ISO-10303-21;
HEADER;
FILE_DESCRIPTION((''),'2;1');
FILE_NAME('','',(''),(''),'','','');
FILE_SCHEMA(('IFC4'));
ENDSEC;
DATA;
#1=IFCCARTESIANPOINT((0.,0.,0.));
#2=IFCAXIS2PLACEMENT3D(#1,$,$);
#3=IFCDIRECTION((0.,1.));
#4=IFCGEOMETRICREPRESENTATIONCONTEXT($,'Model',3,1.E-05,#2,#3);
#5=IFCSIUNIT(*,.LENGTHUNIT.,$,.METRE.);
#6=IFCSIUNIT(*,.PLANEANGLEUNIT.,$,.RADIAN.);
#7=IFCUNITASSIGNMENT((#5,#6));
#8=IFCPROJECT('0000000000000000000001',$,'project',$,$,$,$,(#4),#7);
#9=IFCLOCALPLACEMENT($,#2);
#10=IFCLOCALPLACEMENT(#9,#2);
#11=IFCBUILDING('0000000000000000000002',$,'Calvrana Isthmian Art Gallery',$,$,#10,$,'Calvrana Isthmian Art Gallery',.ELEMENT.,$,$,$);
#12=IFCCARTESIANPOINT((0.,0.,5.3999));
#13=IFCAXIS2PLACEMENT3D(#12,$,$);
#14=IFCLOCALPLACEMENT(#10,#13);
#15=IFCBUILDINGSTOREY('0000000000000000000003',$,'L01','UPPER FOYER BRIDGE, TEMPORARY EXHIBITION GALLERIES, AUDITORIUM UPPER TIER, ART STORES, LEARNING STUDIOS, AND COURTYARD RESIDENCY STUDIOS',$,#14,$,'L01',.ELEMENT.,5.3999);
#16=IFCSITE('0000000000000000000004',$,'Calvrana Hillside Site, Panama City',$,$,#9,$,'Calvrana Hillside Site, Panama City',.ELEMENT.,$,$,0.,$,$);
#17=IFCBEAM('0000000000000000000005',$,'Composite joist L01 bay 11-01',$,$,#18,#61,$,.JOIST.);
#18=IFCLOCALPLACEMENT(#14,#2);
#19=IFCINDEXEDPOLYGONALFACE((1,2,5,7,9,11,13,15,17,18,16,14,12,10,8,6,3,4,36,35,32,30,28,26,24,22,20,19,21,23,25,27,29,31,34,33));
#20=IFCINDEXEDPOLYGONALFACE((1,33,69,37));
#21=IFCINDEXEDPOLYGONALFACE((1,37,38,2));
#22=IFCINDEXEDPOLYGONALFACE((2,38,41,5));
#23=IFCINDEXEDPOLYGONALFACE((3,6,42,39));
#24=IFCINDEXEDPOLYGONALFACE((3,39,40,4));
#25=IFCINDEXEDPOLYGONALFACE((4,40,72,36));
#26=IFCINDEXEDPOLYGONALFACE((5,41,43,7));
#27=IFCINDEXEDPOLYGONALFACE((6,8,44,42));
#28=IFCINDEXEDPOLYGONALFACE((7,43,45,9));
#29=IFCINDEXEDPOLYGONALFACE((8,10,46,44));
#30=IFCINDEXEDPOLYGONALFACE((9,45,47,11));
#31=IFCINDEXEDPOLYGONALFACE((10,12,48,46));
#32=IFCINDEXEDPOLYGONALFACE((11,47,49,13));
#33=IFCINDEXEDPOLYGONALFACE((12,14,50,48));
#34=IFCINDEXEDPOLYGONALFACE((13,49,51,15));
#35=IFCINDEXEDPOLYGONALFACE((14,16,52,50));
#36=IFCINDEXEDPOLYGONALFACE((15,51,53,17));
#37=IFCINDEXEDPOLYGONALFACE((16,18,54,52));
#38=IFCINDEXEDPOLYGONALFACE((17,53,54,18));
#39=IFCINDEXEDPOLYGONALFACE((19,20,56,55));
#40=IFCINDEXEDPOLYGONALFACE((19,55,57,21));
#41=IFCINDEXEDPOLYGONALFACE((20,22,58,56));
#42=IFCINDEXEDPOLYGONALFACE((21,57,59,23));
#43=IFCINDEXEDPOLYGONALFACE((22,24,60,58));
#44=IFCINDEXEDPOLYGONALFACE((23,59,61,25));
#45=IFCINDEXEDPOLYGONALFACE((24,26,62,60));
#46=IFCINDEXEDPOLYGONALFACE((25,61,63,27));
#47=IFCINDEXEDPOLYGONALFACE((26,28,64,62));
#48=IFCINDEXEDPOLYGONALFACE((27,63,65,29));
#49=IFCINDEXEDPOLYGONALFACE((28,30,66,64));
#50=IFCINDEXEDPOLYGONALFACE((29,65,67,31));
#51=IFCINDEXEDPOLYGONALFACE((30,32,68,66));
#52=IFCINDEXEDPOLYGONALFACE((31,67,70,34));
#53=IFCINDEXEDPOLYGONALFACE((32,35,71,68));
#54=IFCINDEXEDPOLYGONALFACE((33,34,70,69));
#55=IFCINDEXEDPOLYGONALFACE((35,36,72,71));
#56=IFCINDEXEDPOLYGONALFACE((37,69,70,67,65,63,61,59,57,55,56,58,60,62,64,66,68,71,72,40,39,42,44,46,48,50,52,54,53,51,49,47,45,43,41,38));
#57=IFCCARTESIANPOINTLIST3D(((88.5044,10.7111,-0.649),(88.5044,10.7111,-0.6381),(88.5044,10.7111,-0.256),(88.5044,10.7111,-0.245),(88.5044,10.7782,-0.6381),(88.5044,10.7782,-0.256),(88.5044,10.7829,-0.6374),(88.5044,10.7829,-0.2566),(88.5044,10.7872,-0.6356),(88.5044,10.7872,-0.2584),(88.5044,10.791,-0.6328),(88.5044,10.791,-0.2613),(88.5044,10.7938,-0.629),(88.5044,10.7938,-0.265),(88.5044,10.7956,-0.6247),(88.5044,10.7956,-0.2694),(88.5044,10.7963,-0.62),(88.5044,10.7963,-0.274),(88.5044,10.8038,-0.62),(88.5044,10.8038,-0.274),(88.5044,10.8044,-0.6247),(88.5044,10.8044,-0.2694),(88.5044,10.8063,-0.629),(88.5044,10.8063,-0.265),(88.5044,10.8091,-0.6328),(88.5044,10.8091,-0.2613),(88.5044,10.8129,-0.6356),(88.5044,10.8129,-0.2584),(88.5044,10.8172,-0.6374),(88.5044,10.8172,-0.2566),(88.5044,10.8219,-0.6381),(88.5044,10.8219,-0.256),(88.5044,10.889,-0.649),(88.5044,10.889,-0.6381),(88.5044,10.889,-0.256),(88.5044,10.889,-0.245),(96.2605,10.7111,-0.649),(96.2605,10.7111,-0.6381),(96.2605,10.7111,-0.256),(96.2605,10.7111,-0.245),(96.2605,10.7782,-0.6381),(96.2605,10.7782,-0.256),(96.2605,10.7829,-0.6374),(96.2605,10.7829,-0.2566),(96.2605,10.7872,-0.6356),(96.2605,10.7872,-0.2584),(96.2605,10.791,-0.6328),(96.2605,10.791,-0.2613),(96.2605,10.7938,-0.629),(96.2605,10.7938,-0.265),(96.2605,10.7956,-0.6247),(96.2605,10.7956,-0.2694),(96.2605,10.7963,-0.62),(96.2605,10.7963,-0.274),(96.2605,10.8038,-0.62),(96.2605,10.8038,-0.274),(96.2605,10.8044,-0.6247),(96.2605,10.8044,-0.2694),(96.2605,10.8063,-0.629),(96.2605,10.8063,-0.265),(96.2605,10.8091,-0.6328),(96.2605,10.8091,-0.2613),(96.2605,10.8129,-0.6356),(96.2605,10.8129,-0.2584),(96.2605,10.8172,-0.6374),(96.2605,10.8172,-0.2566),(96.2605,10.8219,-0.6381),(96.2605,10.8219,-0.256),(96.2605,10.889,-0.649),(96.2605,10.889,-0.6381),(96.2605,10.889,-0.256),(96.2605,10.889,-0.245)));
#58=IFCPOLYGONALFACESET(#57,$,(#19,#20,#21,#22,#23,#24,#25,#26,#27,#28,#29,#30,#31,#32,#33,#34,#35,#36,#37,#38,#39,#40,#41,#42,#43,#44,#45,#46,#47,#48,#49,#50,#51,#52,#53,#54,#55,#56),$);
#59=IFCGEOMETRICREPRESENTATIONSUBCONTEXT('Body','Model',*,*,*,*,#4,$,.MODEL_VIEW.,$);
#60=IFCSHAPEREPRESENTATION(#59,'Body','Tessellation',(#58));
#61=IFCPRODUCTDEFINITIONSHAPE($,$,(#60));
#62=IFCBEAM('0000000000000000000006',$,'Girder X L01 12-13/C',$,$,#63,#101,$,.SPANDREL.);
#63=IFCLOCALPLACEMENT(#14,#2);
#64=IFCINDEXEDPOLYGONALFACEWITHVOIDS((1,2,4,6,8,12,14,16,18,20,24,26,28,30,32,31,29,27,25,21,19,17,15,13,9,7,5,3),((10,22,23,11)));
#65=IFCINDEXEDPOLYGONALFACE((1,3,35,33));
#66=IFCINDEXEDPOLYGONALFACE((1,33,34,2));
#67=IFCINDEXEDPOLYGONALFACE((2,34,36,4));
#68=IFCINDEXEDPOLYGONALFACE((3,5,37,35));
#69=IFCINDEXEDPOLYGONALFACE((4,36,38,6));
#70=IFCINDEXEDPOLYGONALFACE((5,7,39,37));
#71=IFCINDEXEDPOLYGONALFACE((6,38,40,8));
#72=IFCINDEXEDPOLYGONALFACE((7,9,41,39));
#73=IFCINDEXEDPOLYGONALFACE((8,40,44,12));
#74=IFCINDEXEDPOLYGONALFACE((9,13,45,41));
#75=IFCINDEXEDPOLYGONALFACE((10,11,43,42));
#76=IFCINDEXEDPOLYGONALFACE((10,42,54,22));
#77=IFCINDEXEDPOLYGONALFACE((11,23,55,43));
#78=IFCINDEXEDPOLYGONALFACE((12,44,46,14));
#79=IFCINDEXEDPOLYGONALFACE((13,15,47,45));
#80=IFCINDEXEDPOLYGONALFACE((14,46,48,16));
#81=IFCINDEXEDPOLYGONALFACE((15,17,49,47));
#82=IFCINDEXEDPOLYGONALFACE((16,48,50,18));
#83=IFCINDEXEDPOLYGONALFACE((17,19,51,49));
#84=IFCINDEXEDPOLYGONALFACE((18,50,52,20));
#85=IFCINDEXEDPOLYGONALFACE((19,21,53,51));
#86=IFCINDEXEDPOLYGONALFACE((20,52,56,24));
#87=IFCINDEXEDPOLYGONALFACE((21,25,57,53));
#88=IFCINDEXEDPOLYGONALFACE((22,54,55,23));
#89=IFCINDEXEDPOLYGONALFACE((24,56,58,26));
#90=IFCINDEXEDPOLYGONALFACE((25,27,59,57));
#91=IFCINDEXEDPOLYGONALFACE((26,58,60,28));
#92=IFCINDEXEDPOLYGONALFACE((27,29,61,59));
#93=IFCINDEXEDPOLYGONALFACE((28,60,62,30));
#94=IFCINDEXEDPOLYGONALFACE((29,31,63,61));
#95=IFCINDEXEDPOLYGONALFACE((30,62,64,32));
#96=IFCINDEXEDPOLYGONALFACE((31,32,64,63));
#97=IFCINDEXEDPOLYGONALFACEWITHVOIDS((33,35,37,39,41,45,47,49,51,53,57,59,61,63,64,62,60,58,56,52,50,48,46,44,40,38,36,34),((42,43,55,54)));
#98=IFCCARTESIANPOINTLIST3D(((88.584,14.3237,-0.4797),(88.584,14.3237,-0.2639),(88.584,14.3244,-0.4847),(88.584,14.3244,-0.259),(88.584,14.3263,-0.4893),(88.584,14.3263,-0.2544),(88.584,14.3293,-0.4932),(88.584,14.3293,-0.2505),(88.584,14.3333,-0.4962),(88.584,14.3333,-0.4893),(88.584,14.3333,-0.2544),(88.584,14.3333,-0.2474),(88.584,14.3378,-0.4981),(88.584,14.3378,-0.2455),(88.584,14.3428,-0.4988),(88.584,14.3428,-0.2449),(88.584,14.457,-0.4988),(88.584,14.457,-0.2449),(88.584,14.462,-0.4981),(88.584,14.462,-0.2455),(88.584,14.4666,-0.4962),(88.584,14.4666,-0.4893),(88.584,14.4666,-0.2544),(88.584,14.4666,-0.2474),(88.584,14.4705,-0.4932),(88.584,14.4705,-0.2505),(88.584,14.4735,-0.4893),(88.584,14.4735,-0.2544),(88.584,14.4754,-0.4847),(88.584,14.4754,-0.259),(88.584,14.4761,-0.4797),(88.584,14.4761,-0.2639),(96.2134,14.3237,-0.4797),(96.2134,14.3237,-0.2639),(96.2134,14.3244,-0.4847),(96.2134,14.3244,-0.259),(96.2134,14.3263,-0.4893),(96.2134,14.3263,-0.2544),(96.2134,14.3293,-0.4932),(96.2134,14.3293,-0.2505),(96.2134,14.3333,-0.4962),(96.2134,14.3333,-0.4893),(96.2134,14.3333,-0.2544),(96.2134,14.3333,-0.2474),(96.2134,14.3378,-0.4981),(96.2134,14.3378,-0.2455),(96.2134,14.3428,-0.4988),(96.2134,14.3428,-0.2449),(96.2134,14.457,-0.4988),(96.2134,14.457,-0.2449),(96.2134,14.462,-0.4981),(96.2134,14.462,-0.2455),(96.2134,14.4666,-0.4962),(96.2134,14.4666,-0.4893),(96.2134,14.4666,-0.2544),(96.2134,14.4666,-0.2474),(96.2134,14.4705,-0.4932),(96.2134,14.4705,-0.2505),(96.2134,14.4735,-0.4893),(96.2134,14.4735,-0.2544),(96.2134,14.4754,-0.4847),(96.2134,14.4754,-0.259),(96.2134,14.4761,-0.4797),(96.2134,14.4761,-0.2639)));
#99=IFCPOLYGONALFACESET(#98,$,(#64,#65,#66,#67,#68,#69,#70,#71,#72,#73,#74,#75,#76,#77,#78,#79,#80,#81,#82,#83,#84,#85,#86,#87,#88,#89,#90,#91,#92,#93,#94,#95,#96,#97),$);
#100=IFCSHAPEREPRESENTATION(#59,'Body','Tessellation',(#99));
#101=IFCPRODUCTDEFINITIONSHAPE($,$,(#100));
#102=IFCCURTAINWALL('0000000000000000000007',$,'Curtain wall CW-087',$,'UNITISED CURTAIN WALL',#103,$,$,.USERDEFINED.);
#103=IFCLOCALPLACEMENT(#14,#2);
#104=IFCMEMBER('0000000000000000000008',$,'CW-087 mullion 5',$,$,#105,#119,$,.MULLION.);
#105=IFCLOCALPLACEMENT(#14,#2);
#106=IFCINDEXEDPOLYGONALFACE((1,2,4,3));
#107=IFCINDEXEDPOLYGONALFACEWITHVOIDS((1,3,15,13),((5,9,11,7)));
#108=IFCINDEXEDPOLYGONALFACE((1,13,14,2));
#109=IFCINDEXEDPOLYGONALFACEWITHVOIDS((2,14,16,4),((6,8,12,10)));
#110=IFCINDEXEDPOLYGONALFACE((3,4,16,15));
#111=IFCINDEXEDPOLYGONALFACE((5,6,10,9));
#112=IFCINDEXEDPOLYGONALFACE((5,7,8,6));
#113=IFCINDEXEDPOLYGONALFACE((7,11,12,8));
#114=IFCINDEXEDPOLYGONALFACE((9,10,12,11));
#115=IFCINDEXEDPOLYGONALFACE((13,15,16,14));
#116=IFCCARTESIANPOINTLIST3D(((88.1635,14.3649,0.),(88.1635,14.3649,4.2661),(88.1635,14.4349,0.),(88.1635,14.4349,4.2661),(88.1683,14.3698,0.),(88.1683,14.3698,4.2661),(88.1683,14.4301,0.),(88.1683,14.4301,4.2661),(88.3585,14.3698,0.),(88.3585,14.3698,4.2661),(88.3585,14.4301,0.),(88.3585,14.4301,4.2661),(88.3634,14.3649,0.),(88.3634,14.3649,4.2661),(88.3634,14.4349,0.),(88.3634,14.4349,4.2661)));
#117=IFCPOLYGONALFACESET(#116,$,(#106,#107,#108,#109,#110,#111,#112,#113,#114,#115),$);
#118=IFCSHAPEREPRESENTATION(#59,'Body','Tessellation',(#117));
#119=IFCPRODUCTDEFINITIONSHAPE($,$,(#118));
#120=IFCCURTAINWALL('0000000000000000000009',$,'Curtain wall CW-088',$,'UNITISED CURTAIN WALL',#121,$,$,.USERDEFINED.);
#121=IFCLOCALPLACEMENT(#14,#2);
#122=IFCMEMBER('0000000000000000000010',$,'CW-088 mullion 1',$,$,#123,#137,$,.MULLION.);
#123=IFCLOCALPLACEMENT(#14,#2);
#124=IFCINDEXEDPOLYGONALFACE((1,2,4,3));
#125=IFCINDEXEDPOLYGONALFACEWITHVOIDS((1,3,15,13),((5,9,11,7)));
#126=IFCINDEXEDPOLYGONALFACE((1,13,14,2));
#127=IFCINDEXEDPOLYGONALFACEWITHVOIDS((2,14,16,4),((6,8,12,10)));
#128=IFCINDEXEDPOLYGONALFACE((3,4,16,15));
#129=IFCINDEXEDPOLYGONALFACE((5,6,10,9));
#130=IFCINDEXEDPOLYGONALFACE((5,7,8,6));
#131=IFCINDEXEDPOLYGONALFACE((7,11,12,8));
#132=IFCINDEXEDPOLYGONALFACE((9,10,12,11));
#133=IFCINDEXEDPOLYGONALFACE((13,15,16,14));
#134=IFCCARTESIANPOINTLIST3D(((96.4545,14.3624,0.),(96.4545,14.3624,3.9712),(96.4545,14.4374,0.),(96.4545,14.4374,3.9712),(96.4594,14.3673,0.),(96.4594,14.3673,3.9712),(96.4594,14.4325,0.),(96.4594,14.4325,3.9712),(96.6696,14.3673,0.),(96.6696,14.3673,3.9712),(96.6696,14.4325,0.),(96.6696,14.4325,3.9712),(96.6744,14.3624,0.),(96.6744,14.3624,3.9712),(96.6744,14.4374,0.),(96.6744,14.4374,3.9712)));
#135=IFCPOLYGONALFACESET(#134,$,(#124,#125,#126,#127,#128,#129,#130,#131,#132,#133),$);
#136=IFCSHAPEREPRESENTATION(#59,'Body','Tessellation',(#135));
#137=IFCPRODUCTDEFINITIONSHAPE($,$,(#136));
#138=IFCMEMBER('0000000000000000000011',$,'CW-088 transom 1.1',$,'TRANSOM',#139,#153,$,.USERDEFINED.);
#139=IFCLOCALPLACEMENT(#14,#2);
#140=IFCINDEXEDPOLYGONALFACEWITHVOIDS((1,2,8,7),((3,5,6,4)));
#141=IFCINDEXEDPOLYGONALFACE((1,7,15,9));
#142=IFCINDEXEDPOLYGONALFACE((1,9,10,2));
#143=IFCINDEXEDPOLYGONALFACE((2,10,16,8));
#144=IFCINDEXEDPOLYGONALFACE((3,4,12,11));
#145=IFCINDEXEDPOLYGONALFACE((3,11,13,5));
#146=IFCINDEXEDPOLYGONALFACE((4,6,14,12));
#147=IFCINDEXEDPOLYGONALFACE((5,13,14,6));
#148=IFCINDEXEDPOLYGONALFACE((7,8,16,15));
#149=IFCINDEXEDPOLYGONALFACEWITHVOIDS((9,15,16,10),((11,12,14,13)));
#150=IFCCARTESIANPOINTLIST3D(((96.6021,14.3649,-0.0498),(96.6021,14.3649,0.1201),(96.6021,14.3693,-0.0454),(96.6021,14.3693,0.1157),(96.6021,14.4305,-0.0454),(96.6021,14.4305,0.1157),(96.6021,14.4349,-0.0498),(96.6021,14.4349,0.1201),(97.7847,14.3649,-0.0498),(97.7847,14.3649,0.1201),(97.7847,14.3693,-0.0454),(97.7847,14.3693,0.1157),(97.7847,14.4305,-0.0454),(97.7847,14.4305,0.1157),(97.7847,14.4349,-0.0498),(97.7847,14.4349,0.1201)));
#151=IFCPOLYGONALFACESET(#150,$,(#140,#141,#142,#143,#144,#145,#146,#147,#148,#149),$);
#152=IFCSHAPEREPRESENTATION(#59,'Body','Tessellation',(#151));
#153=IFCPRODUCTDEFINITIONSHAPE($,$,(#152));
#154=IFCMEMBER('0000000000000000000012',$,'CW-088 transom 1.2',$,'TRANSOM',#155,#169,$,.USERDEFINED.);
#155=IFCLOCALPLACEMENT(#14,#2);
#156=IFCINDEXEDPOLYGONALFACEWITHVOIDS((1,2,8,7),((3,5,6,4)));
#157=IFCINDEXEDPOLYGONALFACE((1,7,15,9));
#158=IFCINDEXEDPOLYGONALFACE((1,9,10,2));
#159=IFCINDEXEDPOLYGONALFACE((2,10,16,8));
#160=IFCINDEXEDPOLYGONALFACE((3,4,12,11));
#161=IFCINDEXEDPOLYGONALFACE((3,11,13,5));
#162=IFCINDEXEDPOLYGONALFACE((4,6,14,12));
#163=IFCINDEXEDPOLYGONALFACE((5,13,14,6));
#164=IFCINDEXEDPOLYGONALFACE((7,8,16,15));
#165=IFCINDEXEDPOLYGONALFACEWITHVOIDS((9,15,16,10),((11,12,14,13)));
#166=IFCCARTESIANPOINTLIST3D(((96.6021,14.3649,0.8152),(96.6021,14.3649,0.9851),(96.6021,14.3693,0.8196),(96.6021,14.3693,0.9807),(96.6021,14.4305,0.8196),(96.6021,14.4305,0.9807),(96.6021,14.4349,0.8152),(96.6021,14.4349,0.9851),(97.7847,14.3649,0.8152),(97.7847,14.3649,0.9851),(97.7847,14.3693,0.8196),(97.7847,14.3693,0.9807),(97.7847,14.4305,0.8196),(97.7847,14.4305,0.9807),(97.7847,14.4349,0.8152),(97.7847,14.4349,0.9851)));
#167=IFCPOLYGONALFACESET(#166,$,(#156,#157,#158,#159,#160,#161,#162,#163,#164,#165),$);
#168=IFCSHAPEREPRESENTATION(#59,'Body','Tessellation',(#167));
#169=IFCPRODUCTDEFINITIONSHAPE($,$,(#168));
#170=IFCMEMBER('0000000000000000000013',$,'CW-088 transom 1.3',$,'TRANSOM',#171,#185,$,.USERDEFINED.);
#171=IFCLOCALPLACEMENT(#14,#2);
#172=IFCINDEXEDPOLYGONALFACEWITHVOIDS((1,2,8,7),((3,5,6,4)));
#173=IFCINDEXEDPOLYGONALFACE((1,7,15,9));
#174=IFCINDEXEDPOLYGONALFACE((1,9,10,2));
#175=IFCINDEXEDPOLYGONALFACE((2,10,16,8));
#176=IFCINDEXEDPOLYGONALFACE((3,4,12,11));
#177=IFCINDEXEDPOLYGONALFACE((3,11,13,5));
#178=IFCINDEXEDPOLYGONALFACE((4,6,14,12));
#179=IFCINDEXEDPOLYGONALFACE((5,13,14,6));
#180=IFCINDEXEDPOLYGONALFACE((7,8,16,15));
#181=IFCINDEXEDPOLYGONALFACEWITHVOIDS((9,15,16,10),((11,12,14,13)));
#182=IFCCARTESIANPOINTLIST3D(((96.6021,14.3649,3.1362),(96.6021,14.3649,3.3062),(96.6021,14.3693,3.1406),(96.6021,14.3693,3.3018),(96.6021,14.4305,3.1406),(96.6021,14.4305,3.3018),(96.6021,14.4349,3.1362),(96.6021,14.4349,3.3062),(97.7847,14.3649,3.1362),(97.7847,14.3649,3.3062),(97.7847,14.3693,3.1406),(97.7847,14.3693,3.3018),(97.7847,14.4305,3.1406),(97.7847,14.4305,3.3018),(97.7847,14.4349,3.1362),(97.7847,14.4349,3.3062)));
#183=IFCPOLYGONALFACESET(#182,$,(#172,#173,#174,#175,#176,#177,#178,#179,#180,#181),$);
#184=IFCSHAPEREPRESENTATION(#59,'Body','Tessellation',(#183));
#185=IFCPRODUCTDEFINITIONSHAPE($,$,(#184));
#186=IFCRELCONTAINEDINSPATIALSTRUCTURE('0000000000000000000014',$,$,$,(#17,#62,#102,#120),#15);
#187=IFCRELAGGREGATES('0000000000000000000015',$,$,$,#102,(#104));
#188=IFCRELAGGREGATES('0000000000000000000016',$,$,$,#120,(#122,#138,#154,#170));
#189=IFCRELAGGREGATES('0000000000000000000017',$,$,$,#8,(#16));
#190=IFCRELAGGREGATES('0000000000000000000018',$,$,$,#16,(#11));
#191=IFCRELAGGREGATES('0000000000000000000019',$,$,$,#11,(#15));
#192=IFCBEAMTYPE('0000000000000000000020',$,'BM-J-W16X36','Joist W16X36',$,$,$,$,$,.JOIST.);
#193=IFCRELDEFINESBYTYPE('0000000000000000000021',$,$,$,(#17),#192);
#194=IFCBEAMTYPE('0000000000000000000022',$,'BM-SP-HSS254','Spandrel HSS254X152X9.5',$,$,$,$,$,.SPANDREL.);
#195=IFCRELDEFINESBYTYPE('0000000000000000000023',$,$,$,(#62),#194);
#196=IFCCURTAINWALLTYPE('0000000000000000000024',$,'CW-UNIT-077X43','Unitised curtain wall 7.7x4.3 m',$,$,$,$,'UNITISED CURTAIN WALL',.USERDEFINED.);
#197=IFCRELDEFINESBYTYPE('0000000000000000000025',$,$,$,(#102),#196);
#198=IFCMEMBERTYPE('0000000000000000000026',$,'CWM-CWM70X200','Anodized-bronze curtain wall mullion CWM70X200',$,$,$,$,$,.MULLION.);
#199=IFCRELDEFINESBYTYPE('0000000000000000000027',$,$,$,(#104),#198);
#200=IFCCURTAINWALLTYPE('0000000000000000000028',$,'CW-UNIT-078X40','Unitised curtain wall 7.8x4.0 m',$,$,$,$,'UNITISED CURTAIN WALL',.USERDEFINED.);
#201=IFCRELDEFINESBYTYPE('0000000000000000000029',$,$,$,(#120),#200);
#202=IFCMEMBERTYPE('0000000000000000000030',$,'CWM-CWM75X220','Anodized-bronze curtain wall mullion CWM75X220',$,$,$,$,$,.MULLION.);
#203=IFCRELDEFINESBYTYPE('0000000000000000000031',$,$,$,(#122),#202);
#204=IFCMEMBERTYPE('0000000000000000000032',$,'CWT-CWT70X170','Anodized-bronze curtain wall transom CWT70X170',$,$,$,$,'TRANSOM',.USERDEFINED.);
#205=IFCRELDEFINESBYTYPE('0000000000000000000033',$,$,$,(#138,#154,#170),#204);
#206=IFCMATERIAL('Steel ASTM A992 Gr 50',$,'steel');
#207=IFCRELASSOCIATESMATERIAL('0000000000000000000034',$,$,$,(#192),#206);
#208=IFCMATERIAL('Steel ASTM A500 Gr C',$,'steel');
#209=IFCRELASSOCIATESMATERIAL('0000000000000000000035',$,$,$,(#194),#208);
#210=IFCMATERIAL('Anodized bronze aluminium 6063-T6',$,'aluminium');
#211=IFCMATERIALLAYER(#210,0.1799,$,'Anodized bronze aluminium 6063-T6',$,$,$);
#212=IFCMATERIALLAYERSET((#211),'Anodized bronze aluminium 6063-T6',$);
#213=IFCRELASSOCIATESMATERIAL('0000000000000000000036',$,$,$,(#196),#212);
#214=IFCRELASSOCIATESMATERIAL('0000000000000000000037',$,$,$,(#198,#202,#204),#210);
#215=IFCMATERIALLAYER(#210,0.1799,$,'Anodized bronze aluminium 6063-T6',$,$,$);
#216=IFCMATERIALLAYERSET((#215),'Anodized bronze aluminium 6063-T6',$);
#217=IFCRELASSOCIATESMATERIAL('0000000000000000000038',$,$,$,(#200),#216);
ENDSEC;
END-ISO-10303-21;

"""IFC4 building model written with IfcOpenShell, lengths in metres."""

from ifc_helpers import new_model, si_unit, direction, frame, origin, origin_2d, place, context, subcontext, project, spatial, hollow_rectangle, i_section, extrude, material, layer, layer_set, material_profile, profile_set, type_object, element, aggregate, save


model = new_model("IFC4")

# Units and contexts
model_context = context("Model", 3, precision=1e-05, world=origin(), true_north=direction((0.0, 1.0)))
body_context = subcontext(model_context, "Body", "Model", "MODEL_VIEW")
ifc_project = project(units=[si_unit("LENGTHUNIT", "METRE"), si_unit("PLANEANGLEUNIT", "RADIAN")], contexts=[model_context])

# Site, building, storey
site_placement = place(None, origin())
site = spatial("IfcSite", under=ifc_project, at=site_placement, Name="Calvrana Hillside Site, Panama City", LongName="Calvrana Hillside Site, Panama City", CompositionType="ELEMENT", RefElevation=0.0)
building_placement = place(site_placement, origin())
building = spatial("IfcBuilding", under=site, at=building_placement, Name="Calvrana Isthmian Art Gallery", LongName="Calvrana Isthmian Art Gallery", CompositionType="ELEMENT")
storey_placement = place(building_placement, frame((0.0, 0.0, 5.3999)))
storey = spatial("IfcBuildingStorey", under=building, at=storey_placement, Name="L01", Description="UPPER FOYER BRIDGE, TEMPORARY EXHIBITION GALLERIES, AUDITORIUM UPPER TIER, ART STORES, LEARNING STUDIOS, AND COURTYARD RESIDENCY STUDIOS", LongName="L01", CompositionType="ELEMENT", Elevation=5.3999)

# Shared definitions
ifc_material_1 = material(Name="Steel ASTM A500 Gr C", Category="steel")

# Beams
ifc_material_2 = material(Name="Steel ASTM A992 Gr 50", Category="steel")
ifc_material_profile_1 = material_profile(ifc_material_2, i_section(OverallWidth=0.178, OverallDepth=0.4041, WebThickness=0.0076, FlangeThickness=0.011, FilletRadius=0.0181, at=origin_2d()), Name="W16X36")
ifc_profile_set_1 = profile_set([ifc_material_profile_1], Name="Steel ASTM A992 Gr 50")
beam_type_1 = type_object("IfcBeamType", Name="BM-J-W16X36", Description="Joist W16X36", PredefinedType="JOIST", material=ifc_profile_set_1)
beam_1_placement = place(storey_placement, frame((88.5044, 10.8, -0.447), z_axis=(1.0, 0.0, 0.0), x_axis=(0.0, 1.0, 0.0)))
element("IfcBeam", 1, at=beam_1_placement, inside=storey, type_object=beam_type_1, Name="Composite joist L01 bay 11-01", PredefinedType="JOIST", context=body_context, shape_type="SweptSolid", body=[
    extrude(i_section(OverallWidth=0.178, OverallDepth=0.4041, WebThickness=0.0076, FlangeThickness=0.011, FilletRadius=0.0181, at=origin_2d()), origin(), (0.0, 0.0, 1.0), 7.7561),
])
ifc_material_profile_2 = material_profile(ifc_material_1, hollow_rectangle(XDim=0.1523, YDim=0.2539, WallThickness=0.0095, OuterFilletRadius=0.019, at=origin_2d()), Name="HSS254X152X9.5")
ifc_profile_set_2 = profile_set([ifc_material_profile_2], Name="Steel ASTM A500 Gr C")
beam_type_2 = type_object("IfcBeamType", Name="BM-SP-HSS254", Description="Spandrel HSS254X152X9.5", PredefinedType="SPANDREL", material=ifc_profile_set_2)
beam_2_placement = place(storey_placement, frame((88.584, 14.3999, -0.3718), z_axis=(1.0, 0.0, 0.0), x_axis=(0.0, 1.0, 0.0)))
element("IfcBeam", 2, at=beam_2_placement, inside=storey, type_object=beam_type_2, Name="Girder X L01 12-13/C", PredefinedType="SPANDREL", context=body_context, shape_type="SweptSolid", body=[
    extrude(hollow_rectangle(XDim=0.1523, YDim=0.2539, WallThickness=0.0095, OuterFilletRadius=0.019, at=origin_2d()), origin(), (0.0, 0.0, 1.0), 7.6294),
])

# Curtain wall, member
ifc_material_3 = material(Name="Anodized bronze aluminium 6063-T6", Category="aluminium")
ifc_layer_1 = layer(ifc_material_3, 0.1799, Name="Anodized bronze aluminium 6063-T6")
ifc_layer_set_1 = layer_set([ifc_layer_1], Name="Anodized bronze aluminium 6063-T6")
curtain_wall_type_1 = type_object("IfcCurtainWallType", Name="CW-UNIT-077X43", Description="Unitised curtain wall 7.7x4.3 m", ElementType="UNITISED CURTAIN WALL", PredefinedType="USERDEFINED", material=ifc_layer_set_1)
curtain_wall_1_placement = place(storey_placement, origin())
curtain_wall_1 = element("IfcCurtainWall", 3, at=curtain_wall_1_placement, inside=storey, type_object=curtain_wall_type_1, Name="Curtain wall CW-087", ObjectType="UNITISED CURTAIN WALL", PredefinedType="USERDEFINED")
ifc_material_profile_3 = material_profile(ifc_material_3, hollow_rectangle(XDim=0.0701, YDim=0.2, WallThickness=0.0049, at=origin_2d()), Name="CWM70X200")
ifc_profile_set_3 = profile_set([ifc_material_profile_3], Name="Anodized bronze aluminium 6063-T6")
member_type_1 = type_object("IfcMemberType", Name="CWM-CWM70X200", Description="Anodized-bronze curtain wall mullion CWM70X200", PredefinedType="MULLION", material=ifc_profile_set_3)
member_1_placement = place(storey_placement, frame((88.2634, 14.3999, 0.0), z_axis=(0.0, 0.0, 1.0), x_axis=(0.0, 1.0, 0.0)))
member_1 = element("IfcMember", 4, at=member_1_placement, type_object=member_type_1, Name="CW-087 mullion 5", PredefinedType="MULLION", context=body_context, shape_type="SweptSolid", body=[
    extrude(hollow_rectangle(XDim=0.0701, YDim=0.2, WallThickness=0.0049, at=origin_2d()), origin(), (0.0, 0.0, 1.0), 4.2661),
])

# Curtain wall, members
ifc_layer_2 = layer(ifc_material_3, 0.1799, Name="Anodized bronze aluminium 6063-T6")
ifc_layer_set_2 = layer_set([ifc_layer_2], Name="Anodized bronze aluminium 6063-T6")
curtain_wall_type_2 = type_object("IfcCurtainWallType", Name="CW-UNIT-078X40", Description="Unitised curtain wall 7.8x4.0 m", ElementType="UNITISED CURTAIN WALL", PredefinedType="USERDEFINED", material=ifc_layer_set_2)
curtain_wall_2_placement = place(storey_placement, origin())
curtain_wall_2 = element("IfcCurtainWall", 5, at=curtain_wall_2_placement, inside=storey, type_object=curtain_wall_type_2, Name="Curtain wall CW-088", ObjectType="UNITISED CURTAIN WALL", PredefinedType="USERDEFINED")
ifc_material_profile_4 = material_profile(ifc_material_3, hollow_rectangle(XDim=0.075, YDim=0.22, WallThickness=0.0049, at=origin_2d()), Name="CWM75X220")
ifc_profile_set_4 = profile_set([ifc_material_profile_4], Name="Anodized bronze aluminium 6063-T6")
member_type_2 = type_object("IfcMemberType", Name="CWM-CWM75X220", Description="Anodized-bronze curtain wall mullion CWM75X220", PredefinedType="MULLION", material=ifc_profile_set_4)
member_2_placement = place(storey_placement, frame((96.5645, 14.3999, 0.0), z_axis=(0.0, 0.0, 1.0), x_axis=(0.0, 1.0, 0.0)))
member_2 = element("IfcMember", 6, at=member_2_placement, type_object=member_type_2, Name="CW-088 mullion 1", PredefinedType="MULLION", context=body_context, shape_type="SweptSolid", body=[
    extrude(hollow_rectangle(XDim=0.075, YDim=0.22, WallThickness=0.0049, at=origin_2d()), origin(), (0.0, 0.0, 1.0), 3.9712),
])
ifc_material_profile_5 = material_profile(ifc_material_3, hollow_rectangle(XDim=0.0701, YDim=0.1699, WallThickness=0.0044, at=origin_2d()), Name="CWT70X170")
ifc_profile_set_5 = profile_set([ifc_material_profile_5], Name="Anodized bronze aluminium 6063-T6")
member_type_3 = type_object("IfcMemberType", Name="CWT-CWT70X170", Description="Anodized-bronze curtain wall transom CWT70X170", ElementType="TRANSOM", PredefinedType="USERDEFINED", material=ifc_profile_set_5)
member_3_placement = place(storey_placement, frame((96.6021, 14.3999, 0.0352), z_axis=(1.0, 0.0, 0.0), x_axis=(0.0, 1.0, 0.0)))
member_3 = element("IfcMember", 7, at=member_3_placement, type_object=member_type_3, Name="CW-088 transom 1.1", ObjectType="TRANSOM", PredefinedType="USERDEFINED", context=body_context, shape_type="SweptSolid", body=[
    extrude(hollow_rectangle(XDim=0.0701, YDim=0.1699, WallThickness=0.0044, at=origin_2d()), origin(), (0.0, 0.0, 1.0), 1.1826),
])
member_4_placement = place(storey_placement, frame((96.6021, 14.3999, 0.9001), z_axis=(1.0, 0.0, 0.0), x_axis=(0.0, 1.0, 0.0)))
member_4 = element("IfcMember", 8, at=member_4_placement, type_object=member_type_3, Name="CW-088 transom 1.2", ObjectType="TRANSOM", PredefinedType="USERDEFINED", context=body_context, shape_type="SweptSolid", body=[
    extrude(hollow_rectangle(XDim=0.0701, YDim=0.1699, WallThickness=0.0044, at=origin_2d()), origin(), (0.0, 0.0, 1.0), 1.1826),
])
member_5_placement = place(storey_placement, frame((96.6021, 14.3999, 3.2212), z_axis=(1.0, 0.0, 0.0), x_axis=(0.0, 1.0, 0.0)))
member_5 = element("IfcMember", 9, at=member_5_placement, type_object=member_type_3, Name="CW-088 transom 1.3", ObjectType="TRANSOM", PredefinedType="USERDEFINED", context=body_context, shape_type="SweptSolid", body=[
    extrude(hollow_rectangle(XDim=0.0701, YDim=0.1699, WallThickness=0.0044, at=origin_2d()), origin(), (0.0, 0.0, 1.0), 1.1826),
])

aggregate(curtain_wall_1, [member_1])
aggregate(curtain_wall_2, [member_2, member_3, member_4, member_5])

save(model, "model.ifc")
